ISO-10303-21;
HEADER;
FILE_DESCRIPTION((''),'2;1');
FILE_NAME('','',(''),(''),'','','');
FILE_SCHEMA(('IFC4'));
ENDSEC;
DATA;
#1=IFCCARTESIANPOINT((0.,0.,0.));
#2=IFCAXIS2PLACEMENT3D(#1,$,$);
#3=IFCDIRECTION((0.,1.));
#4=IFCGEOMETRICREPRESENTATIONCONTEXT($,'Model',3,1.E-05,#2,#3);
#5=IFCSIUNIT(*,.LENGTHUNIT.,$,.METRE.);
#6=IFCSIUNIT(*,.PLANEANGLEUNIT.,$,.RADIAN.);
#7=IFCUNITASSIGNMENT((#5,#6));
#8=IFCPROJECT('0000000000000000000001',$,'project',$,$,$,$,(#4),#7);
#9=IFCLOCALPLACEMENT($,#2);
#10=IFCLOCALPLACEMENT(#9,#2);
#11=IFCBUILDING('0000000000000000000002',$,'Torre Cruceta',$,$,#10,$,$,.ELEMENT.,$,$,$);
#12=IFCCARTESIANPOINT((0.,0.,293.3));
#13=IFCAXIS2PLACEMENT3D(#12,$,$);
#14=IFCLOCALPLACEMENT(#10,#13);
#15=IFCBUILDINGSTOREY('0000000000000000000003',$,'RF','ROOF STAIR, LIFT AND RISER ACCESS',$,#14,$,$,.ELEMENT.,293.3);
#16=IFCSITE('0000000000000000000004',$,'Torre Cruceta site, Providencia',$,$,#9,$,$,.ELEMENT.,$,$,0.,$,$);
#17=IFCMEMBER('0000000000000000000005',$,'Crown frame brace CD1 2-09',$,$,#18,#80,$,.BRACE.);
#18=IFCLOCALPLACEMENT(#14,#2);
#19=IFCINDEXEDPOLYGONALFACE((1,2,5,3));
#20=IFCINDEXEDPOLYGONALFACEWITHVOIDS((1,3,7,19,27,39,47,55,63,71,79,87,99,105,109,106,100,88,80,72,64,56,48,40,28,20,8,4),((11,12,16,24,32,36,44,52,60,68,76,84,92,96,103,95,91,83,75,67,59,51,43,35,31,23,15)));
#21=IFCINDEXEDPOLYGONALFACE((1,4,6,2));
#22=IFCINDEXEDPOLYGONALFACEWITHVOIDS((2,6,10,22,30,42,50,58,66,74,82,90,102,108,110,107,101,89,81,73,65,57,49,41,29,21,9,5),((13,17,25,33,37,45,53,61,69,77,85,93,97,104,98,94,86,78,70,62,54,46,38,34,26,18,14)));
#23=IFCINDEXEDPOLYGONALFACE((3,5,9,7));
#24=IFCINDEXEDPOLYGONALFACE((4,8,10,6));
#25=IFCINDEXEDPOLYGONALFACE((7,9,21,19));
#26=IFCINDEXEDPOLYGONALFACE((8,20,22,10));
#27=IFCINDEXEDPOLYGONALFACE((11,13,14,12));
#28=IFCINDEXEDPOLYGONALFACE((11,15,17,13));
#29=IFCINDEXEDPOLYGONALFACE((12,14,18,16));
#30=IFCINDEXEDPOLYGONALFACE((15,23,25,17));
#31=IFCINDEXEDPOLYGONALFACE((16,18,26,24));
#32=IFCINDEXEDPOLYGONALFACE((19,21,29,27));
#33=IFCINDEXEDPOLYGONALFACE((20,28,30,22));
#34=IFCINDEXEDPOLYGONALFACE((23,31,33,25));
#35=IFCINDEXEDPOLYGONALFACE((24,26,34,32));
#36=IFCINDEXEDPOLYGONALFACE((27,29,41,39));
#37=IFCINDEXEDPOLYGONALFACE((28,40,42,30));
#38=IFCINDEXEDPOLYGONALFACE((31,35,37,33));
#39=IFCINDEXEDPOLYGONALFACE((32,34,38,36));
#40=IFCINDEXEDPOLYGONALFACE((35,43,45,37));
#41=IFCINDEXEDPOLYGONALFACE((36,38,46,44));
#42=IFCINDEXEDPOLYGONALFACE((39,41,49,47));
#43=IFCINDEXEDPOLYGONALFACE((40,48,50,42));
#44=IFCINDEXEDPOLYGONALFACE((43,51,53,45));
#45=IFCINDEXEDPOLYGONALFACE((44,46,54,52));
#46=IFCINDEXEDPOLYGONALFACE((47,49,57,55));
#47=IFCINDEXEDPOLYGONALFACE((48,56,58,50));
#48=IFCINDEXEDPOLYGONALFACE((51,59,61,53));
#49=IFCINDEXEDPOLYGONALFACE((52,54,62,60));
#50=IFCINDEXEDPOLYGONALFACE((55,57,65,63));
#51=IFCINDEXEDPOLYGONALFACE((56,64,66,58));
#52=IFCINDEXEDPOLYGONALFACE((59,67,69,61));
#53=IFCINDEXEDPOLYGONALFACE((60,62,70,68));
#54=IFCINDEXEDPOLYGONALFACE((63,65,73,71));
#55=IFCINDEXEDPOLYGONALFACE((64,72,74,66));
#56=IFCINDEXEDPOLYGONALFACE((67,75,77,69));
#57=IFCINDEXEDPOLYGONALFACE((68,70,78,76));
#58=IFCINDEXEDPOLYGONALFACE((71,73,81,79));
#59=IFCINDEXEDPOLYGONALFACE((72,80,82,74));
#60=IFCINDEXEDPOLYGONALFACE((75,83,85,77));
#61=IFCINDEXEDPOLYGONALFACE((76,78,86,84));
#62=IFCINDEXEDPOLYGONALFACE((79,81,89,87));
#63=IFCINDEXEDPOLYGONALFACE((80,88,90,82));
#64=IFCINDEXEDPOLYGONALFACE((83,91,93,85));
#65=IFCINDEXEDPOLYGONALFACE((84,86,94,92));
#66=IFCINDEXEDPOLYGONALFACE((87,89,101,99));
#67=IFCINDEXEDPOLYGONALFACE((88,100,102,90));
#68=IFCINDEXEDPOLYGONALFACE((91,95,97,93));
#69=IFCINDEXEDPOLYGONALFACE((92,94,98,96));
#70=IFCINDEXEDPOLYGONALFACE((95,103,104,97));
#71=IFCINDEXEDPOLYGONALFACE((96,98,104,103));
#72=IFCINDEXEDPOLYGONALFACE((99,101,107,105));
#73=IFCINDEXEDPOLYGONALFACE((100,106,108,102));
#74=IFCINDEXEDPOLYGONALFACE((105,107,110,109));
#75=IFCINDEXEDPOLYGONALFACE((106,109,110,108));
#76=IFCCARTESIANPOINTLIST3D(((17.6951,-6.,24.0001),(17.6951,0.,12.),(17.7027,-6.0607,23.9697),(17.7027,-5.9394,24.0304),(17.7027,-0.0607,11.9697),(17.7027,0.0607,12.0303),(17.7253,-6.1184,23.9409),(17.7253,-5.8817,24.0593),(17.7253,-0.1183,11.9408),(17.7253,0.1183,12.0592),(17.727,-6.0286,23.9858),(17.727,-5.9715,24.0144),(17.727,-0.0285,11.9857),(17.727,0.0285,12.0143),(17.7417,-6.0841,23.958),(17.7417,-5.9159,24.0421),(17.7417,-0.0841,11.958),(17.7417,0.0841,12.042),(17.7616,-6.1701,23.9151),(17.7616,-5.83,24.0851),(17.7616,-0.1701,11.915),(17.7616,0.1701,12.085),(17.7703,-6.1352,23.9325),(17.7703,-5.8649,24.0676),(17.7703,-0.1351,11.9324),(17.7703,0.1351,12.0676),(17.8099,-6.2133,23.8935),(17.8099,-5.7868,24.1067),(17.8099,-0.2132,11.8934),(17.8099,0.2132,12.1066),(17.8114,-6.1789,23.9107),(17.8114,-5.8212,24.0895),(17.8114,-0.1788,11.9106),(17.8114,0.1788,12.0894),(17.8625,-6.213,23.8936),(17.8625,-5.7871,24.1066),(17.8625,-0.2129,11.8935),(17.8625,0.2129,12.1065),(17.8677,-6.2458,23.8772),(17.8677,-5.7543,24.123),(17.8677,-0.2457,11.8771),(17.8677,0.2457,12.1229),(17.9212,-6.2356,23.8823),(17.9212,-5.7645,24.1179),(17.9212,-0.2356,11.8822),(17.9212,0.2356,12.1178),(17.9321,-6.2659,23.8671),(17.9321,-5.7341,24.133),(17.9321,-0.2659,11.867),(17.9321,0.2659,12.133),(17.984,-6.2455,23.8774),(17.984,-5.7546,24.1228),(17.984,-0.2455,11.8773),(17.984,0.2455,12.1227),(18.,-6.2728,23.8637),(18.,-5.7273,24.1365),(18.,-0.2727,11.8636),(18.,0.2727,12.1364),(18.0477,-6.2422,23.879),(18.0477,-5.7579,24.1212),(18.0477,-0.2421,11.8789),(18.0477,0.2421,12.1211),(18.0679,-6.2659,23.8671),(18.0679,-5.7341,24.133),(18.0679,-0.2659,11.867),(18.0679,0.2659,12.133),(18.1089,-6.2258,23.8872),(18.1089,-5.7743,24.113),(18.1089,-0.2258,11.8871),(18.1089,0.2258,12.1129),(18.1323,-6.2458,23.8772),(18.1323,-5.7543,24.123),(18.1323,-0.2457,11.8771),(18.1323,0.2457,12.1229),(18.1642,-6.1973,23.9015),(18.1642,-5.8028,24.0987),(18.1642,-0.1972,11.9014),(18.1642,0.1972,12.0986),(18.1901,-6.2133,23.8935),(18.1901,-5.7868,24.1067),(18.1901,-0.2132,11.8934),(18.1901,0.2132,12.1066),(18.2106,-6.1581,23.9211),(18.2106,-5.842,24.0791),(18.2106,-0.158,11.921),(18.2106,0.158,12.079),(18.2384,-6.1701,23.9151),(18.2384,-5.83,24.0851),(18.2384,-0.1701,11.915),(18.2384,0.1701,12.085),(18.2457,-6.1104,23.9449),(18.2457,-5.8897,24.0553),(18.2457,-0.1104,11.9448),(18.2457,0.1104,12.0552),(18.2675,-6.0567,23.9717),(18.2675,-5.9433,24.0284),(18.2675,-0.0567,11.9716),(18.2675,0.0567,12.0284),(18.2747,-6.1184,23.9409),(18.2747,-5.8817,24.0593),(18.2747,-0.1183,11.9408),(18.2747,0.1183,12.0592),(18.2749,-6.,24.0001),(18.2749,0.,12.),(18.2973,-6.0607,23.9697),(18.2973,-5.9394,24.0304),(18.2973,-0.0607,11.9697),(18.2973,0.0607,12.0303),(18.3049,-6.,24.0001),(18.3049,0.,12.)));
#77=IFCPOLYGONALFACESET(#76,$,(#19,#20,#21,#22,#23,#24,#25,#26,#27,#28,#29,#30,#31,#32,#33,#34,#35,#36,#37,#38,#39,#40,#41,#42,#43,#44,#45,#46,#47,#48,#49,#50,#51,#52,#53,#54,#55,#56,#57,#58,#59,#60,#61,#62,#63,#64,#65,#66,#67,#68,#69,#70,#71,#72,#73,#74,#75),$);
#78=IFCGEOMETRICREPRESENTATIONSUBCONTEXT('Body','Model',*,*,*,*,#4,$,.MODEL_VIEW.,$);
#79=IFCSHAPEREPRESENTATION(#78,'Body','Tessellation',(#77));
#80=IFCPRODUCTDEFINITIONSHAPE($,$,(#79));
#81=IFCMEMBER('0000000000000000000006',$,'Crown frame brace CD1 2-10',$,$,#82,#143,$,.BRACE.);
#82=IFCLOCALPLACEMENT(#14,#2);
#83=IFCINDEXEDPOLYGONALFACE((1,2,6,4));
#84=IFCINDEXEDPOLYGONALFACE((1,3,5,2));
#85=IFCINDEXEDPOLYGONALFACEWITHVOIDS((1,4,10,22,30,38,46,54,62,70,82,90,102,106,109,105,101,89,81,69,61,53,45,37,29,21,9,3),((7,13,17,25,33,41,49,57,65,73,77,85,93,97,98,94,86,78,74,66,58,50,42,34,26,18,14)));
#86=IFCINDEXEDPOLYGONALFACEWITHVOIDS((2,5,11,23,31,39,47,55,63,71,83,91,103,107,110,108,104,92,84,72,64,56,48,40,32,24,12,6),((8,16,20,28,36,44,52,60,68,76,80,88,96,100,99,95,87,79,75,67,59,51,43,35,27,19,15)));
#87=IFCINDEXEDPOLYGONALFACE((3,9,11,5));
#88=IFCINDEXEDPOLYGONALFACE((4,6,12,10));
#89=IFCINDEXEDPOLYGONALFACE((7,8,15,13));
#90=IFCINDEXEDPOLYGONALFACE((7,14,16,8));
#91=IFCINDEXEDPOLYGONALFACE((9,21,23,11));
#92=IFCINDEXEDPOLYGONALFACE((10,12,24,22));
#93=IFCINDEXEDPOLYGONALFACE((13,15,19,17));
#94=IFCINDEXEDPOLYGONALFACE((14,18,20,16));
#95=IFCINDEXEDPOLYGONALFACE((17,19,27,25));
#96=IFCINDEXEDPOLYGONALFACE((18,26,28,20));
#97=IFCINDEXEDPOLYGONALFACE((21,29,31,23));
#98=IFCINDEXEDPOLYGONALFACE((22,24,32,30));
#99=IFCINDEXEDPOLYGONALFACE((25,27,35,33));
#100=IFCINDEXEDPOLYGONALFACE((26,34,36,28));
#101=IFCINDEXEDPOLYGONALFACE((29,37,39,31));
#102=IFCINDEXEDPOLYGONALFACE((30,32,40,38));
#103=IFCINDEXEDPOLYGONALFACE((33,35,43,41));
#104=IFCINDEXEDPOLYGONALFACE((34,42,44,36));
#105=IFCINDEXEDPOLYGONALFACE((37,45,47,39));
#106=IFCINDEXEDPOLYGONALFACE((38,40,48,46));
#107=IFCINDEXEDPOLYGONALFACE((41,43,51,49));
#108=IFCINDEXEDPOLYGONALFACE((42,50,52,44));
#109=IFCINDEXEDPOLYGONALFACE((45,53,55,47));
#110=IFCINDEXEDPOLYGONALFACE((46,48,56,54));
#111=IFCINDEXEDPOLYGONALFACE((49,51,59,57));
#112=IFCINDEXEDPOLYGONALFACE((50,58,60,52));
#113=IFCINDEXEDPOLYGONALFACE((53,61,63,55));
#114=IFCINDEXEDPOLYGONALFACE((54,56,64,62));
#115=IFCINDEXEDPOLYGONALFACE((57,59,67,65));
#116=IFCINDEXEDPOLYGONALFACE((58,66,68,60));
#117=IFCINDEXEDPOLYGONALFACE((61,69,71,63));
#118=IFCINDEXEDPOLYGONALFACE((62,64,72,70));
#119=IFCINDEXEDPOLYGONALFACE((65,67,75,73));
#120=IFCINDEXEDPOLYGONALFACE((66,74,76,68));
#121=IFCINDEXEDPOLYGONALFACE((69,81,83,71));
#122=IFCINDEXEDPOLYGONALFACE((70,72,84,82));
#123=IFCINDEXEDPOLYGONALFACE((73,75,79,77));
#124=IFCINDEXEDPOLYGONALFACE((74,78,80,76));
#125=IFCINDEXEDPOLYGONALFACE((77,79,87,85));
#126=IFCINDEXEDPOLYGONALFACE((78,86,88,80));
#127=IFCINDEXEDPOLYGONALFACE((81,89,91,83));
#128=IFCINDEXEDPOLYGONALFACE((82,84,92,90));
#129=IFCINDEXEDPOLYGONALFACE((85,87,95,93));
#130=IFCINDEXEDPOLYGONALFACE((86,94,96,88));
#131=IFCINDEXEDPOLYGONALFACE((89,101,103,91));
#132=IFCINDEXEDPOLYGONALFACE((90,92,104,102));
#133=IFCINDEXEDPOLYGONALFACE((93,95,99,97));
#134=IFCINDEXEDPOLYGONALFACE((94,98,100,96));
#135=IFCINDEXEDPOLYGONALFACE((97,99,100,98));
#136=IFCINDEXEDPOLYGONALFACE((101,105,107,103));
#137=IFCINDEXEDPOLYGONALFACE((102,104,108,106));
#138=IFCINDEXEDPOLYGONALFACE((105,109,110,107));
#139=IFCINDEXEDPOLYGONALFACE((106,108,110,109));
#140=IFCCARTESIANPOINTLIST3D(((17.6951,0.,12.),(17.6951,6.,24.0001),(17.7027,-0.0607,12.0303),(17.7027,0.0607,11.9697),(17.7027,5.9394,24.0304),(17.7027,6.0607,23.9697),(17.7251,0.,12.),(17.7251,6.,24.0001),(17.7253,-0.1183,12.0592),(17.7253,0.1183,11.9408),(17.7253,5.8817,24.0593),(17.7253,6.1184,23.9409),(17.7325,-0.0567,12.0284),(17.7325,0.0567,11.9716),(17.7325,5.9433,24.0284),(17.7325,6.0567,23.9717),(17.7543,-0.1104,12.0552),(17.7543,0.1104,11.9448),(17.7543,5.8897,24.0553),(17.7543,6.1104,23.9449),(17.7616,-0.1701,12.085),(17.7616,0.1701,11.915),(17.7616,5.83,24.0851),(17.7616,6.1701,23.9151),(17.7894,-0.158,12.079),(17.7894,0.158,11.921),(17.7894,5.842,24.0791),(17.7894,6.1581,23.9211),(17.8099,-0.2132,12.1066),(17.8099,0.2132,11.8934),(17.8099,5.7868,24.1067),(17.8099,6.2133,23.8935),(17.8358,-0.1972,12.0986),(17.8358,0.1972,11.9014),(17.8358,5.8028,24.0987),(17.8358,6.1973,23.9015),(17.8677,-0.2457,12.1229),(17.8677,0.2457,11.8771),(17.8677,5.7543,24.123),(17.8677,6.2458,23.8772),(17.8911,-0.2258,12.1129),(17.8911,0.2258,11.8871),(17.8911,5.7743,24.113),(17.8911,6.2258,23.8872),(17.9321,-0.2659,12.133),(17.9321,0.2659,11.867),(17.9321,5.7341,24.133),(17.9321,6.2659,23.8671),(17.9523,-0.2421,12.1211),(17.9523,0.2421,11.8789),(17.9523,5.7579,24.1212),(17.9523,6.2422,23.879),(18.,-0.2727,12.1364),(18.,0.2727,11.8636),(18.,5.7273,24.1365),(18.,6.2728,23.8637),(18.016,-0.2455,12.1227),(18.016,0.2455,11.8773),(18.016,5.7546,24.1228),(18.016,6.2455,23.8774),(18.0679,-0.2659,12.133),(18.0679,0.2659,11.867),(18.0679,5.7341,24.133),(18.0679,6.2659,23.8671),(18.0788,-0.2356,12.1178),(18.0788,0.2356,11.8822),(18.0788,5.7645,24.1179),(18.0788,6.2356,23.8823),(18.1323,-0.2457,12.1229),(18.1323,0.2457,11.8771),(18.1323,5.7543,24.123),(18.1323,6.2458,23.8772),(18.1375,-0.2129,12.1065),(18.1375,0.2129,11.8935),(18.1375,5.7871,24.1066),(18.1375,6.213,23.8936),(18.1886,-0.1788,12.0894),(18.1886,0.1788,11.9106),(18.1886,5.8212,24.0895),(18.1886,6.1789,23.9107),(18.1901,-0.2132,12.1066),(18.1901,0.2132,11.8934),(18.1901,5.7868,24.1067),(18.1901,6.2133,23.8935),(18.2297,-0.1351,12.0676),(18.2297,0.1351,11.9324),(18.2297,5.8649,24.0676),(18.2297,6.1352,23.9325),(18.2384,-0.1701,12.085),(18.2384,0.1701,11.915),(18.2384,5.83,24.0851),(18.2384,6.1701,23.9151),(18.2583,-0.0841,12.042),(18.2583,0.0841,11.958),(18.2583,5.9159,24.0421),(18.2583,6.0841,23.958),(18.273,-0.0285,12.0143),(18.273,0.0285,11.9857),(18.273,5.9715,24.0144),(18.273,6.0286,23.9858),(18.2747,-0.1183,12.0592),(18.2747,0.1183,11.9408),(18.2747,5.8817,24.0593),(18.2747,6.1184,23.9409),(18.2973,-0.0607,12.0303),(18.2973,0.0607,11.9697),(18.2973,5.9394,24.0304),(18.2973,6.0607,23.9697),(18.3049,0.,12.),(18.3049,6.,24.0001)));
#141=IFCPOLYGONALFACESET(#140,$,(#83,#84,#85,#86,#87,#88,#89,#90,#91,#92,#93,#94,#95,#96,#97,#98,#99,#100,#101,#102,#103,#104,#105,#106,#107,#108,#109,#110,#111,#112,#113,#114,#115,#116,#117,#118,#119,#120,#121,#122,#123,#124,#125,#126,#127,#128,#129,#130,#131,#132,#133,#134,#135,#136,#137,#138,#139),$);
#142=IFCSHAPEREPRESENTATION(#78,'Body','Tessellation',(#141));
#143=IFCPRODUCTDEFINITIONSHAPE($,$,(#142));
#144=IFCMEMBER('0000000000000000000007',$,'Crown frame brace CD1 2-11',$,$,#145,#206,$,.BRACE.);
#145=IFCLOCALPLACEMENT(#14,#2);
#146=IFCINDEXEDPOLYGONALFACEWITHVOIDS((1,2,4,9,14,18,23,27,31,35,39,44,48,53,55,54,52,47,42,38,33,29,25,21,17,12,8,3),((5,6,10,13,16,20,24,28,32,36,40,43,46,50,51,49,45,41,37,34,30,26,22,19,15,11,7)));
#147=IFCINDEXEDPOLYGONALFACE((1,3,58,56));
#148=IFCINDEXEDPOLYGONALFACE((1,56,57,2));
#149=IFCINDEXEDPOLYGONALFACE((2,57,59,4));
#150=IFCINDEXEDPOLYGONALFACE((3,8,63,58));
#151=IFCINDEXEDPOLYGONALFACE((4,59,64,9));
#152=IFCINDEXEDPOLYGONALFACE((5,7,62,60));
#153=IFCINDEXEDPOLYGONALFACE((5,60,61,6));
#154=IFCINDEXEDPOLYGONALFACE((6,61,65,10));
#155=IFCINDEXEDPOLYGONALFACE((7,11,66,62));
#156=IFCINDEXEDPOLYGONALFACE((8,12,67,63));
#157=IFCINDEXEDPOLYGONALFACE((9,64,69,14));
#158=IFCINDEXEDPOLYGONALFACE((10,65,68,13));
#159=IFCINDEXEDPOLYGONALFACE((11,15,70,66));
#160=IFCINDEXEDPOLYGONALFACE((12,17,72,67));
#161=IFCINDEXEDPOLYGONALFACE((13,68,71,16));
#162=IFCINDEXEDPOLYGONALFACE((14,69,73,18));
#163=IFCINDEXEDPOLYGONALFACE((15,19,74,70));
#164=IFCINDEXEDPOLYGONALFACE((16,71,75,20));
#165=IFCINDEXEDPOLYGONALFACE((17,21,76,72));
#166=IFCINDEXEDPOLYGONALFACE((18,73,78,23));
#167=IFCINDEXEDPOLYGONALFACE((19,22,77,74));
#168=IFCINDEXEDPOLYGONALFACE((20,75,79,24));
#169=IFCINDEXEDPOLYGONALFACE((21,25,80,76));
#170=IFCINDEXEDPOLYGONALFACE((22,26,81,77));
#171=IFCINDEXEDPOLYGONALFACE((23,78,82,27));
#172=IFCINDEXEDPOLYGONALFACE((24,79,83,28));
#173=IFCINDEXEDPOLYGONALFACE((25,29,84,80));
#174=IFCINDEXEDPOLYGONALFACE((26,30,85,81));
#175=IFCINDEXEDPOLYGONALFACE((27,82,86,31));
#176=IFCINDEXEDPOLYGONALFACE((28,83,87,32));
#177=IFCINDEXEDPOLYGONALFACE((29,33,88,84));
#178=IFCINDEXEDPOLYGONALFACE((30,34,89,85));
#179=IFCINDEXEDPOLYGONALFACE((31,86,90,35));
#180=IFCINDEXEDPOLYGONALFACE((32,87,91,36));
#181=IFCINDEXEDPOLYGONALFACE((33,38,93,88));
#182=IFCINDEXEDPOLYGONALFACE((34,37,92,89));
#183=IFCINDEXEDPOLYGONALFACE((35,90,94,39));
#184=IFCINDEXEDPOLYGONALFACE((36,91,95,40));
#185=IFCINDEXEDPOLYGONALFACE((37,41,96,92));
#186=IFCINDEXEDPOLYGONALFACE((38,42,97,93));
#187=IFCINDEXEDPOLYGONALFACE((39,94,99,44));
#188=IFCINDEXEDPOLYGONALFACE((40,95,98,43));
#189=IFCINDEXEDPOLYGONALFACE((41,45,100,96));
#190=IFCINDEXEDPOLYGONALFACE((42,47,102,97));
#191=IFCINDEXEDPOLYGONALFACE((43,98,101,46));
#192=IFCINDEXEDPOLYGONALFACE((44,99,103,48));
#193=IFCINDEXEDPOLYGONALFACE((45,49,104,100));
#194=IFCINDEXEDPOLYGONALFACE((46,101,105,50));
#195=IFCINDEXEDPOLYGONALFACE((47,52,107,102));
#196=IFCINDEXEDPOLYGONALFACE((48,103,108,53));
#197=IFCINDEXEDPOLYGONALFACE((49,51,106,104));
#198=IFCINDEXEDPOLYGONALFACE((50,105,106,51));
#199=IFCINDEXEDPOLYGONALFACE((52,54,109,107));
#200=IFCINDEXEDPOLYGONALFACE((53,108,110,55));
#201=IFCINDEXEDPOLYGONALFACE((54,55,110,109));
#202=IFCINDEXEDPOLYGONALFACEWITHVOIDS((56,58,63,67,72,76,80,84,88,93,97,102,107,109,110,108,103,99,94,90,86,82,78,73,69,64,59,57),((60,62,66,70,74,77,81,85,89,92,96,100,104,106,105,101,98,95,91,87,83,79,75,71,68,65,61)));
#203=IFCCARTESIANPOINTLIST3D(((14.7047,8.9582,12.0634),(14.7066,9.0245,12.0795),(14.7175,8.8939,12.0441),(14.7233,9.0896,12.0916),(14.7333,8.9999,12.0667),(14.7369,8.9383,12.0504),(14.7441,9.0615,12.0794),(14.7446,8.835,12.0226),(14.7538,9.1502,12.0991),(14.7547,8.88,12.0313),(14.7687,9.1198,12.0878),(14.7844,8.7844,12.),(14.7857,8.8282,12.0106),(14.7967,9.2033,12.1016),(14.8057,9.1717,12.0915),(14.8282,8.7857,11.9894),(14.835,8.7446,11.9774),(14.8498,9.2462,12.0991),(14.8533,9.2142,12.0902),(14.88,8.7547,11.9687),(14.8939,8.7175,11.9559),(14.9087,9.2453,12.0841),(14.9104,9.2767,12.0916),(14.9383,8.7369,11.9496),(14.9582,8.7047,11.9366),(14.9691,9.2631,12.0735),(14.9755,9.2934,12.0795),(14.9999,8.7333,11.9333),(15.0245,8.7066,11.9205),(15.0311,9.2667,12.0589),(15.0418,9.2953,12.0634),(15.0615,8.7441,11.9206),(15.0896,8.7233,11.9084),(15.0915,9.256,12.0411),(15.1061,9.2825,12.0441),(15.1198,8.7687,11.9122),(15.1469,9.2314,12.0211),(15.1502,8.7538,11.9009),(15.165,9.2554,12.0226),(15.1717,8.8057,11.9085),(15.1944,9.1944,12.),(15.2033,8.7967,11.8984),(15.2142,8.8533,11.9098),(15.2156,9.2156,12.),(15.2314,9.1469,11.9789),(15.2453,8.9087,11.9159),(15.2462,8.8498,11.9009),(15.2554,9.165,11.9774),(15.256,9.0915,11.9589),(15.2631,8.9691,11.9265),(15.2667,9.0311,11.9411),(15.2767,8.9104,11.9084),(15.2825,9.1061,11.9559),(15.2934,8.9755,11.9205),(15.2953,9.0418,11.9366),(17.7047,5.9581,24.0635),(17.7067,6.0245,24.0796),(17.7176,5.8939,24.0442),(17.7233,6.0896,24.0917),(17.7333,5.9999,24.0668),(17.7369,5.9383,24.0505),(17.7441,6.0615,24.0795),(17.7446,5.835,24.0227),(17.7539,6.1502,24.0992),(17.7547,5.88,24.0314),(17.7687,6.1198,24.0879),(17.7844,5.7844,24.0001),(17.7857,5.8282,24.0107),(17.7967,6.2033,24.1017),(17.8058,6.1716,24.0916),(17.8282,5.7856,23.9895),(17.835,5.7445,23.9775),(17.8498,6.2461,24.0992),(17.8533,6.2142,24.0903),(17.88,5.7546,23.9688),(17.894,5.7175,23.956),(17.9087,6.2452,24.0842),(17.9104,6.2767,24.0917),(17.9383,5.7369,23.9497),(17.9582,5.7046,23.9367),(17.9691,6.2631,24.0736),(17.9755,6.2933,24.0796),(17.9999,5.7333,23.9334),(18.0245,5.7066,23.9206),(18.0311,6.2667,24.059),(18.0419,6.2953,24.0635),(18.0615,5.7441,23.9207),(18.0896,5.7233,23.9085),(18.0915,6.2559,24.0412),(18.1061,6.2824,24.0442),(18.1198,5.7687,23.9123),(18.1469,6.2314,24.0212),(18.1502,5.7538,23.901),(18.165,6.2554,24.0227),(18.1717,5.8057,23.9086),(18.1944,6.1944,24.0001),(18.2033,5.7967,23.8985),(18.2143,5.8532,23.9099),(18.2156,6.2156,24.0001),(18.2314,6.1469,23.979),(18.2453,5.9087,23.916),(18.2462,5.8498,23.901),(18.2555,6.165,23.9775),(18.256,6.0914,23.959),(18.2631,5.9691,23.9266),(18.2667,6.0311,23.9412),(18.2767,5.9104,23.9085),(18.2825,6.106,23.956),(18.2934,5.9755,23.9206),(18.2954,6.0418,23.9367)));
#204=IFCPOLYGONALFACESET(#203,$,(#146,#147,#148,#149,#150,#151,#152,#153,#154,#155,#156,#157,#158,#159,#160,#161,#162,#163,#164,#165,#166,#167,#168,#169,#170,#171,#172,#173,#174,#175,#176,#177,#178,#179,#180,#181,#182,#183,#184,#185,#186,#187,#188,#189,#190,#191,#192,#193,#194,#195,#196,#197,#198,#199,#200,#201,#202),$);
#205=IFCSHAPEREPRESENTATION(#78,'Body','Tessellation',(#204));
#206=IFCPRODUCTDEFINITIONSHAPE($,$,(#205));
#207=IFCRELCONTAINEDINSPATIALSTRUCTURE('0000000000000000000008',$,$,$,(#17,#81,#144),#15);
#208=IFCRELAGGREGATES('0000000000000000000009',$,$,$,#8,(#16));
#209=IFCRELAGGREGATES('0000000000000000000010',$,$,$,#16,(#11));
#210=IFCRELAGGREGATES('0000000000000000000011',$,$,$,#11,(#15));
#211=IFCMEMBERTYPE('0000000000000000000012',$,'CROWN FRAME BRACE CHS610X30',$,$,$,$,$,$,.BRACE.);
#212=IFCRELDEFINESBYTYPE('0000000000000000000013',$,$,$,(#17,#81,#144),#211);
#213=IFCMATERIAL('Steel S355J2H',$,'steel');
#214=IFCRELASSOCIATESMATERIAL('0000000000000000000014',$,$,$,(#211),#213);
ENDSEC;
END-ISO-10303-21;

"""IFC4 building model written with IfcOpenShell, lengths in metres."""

from ifc_helpers import new_model, si_unit, direction, frame, origin, origin_2d, place, context, subcontext, project, spatial, hollow_circle, extrude, material, material_profile, profile_set, type_object, element, save


model = new_model("IFC4")

# Units and contexts
model_context = context("Model", 3, precision=1e-05, world=origin(), true_north=direction((0.0, 1.0)))
body_context = subcontext(model_context, "Body", "Model", "MODEL_VIEW")
ifc_project = project(units=[si_unit("LENGTHUNIT", "METRE"), si_unit("PLANEANGLEUNIT", "RADIAN")], contexts=[model_context])

# Site, building, storey
site_placement = place(None, origin())
site = spatial("IfcSite", under=ifc_project, at=site_placement, Name="Torre Cruceta site, Providencia", CompositionType="ELEMENT", RefElevation=0.0)
building_placement = place(site_placement, origin())
building = spatial("IfcBuilding", under=site, at=building_placement, Name="Torre Cruceta", CompositionType="ELEMENT")
storey_placement = place(building_placement, frame((0.0, 0.0, 293.3)))
storey = spatial("IfcBuildingStorey", under=building, at=storey_placement, Name="RF", Description="ROOF STAIR, LIFT AND RISER ACCESS", CompositionType="ELEMENT", Elevation=293.3)

# Members
ifc_material_1 = material(Name="Steel S355J2H", Category="steel")
ifc_material_profile_1 = material_profile(ifc_material_1, hollow_circle(Radius=0.3049, WallThickness=0.03, at=origin_2d()), Name="CHS610X30")
ifc_profile_set_1 = profile_set([ifc_material_profile_1], Name="Steel S355J2H")
member_type_1 = type_object("IfcMemberType", Name="CROWN FRAME BRACE CHS610X30", PredefinedType="BRACE", material=ifc_profile_set_1)
for number, where, z_axis, x_axis, name in (
    (1, (18.0, 0.0, 12.0), (0.0, -0.447214, 0.894427), (1.0, 0.0, 0.0), "Crown frame brace CD1 2-09"),
    (2, (18.0, 0.0, 12.0), (0.0, 0.447214, 0.894427), (-1.0, 0.0, 0.0), "Crown frame brace CD1 2-10"),
):
    element("IfcMember", number, at=place(storey_placement, frame(where, z_axis=z_axis, x_axis=x_axis)), inside=storey, type_object=member_type_1, Name=name, PredefinedType="BRACE", context=body_context, shape_type="SweptSolid", body=[
        extrude(hollow_circle(Radius=0.3049, WallThickness=0.03, at=origin_2d()), origin(), (0.0, 0.0, 1.0), 13.4165),
    ])
member_1_placement = place(storey_placement, frame((15.0, 9.0, 12.0), z_axis=(0.235702, -0.235702, 0.942809), x_axis=(0.707107, 0.707107, 0.0)))
element("IfcMember", 3, at=member_1_placement, inside=storey, type_object=member_type_1, Name="Crown frame brace CD1 2-11", PredefinedType="BRACE", context=body_context, shape_type="SweptSolid", body=[
    extrude(hollow_circle(Radius=0.3049, WallThickness=0.03, at=origin_2d()), origin(), (0.0, 0.0, 1.0), 12.728),
])

save(model, "model.ifc")
